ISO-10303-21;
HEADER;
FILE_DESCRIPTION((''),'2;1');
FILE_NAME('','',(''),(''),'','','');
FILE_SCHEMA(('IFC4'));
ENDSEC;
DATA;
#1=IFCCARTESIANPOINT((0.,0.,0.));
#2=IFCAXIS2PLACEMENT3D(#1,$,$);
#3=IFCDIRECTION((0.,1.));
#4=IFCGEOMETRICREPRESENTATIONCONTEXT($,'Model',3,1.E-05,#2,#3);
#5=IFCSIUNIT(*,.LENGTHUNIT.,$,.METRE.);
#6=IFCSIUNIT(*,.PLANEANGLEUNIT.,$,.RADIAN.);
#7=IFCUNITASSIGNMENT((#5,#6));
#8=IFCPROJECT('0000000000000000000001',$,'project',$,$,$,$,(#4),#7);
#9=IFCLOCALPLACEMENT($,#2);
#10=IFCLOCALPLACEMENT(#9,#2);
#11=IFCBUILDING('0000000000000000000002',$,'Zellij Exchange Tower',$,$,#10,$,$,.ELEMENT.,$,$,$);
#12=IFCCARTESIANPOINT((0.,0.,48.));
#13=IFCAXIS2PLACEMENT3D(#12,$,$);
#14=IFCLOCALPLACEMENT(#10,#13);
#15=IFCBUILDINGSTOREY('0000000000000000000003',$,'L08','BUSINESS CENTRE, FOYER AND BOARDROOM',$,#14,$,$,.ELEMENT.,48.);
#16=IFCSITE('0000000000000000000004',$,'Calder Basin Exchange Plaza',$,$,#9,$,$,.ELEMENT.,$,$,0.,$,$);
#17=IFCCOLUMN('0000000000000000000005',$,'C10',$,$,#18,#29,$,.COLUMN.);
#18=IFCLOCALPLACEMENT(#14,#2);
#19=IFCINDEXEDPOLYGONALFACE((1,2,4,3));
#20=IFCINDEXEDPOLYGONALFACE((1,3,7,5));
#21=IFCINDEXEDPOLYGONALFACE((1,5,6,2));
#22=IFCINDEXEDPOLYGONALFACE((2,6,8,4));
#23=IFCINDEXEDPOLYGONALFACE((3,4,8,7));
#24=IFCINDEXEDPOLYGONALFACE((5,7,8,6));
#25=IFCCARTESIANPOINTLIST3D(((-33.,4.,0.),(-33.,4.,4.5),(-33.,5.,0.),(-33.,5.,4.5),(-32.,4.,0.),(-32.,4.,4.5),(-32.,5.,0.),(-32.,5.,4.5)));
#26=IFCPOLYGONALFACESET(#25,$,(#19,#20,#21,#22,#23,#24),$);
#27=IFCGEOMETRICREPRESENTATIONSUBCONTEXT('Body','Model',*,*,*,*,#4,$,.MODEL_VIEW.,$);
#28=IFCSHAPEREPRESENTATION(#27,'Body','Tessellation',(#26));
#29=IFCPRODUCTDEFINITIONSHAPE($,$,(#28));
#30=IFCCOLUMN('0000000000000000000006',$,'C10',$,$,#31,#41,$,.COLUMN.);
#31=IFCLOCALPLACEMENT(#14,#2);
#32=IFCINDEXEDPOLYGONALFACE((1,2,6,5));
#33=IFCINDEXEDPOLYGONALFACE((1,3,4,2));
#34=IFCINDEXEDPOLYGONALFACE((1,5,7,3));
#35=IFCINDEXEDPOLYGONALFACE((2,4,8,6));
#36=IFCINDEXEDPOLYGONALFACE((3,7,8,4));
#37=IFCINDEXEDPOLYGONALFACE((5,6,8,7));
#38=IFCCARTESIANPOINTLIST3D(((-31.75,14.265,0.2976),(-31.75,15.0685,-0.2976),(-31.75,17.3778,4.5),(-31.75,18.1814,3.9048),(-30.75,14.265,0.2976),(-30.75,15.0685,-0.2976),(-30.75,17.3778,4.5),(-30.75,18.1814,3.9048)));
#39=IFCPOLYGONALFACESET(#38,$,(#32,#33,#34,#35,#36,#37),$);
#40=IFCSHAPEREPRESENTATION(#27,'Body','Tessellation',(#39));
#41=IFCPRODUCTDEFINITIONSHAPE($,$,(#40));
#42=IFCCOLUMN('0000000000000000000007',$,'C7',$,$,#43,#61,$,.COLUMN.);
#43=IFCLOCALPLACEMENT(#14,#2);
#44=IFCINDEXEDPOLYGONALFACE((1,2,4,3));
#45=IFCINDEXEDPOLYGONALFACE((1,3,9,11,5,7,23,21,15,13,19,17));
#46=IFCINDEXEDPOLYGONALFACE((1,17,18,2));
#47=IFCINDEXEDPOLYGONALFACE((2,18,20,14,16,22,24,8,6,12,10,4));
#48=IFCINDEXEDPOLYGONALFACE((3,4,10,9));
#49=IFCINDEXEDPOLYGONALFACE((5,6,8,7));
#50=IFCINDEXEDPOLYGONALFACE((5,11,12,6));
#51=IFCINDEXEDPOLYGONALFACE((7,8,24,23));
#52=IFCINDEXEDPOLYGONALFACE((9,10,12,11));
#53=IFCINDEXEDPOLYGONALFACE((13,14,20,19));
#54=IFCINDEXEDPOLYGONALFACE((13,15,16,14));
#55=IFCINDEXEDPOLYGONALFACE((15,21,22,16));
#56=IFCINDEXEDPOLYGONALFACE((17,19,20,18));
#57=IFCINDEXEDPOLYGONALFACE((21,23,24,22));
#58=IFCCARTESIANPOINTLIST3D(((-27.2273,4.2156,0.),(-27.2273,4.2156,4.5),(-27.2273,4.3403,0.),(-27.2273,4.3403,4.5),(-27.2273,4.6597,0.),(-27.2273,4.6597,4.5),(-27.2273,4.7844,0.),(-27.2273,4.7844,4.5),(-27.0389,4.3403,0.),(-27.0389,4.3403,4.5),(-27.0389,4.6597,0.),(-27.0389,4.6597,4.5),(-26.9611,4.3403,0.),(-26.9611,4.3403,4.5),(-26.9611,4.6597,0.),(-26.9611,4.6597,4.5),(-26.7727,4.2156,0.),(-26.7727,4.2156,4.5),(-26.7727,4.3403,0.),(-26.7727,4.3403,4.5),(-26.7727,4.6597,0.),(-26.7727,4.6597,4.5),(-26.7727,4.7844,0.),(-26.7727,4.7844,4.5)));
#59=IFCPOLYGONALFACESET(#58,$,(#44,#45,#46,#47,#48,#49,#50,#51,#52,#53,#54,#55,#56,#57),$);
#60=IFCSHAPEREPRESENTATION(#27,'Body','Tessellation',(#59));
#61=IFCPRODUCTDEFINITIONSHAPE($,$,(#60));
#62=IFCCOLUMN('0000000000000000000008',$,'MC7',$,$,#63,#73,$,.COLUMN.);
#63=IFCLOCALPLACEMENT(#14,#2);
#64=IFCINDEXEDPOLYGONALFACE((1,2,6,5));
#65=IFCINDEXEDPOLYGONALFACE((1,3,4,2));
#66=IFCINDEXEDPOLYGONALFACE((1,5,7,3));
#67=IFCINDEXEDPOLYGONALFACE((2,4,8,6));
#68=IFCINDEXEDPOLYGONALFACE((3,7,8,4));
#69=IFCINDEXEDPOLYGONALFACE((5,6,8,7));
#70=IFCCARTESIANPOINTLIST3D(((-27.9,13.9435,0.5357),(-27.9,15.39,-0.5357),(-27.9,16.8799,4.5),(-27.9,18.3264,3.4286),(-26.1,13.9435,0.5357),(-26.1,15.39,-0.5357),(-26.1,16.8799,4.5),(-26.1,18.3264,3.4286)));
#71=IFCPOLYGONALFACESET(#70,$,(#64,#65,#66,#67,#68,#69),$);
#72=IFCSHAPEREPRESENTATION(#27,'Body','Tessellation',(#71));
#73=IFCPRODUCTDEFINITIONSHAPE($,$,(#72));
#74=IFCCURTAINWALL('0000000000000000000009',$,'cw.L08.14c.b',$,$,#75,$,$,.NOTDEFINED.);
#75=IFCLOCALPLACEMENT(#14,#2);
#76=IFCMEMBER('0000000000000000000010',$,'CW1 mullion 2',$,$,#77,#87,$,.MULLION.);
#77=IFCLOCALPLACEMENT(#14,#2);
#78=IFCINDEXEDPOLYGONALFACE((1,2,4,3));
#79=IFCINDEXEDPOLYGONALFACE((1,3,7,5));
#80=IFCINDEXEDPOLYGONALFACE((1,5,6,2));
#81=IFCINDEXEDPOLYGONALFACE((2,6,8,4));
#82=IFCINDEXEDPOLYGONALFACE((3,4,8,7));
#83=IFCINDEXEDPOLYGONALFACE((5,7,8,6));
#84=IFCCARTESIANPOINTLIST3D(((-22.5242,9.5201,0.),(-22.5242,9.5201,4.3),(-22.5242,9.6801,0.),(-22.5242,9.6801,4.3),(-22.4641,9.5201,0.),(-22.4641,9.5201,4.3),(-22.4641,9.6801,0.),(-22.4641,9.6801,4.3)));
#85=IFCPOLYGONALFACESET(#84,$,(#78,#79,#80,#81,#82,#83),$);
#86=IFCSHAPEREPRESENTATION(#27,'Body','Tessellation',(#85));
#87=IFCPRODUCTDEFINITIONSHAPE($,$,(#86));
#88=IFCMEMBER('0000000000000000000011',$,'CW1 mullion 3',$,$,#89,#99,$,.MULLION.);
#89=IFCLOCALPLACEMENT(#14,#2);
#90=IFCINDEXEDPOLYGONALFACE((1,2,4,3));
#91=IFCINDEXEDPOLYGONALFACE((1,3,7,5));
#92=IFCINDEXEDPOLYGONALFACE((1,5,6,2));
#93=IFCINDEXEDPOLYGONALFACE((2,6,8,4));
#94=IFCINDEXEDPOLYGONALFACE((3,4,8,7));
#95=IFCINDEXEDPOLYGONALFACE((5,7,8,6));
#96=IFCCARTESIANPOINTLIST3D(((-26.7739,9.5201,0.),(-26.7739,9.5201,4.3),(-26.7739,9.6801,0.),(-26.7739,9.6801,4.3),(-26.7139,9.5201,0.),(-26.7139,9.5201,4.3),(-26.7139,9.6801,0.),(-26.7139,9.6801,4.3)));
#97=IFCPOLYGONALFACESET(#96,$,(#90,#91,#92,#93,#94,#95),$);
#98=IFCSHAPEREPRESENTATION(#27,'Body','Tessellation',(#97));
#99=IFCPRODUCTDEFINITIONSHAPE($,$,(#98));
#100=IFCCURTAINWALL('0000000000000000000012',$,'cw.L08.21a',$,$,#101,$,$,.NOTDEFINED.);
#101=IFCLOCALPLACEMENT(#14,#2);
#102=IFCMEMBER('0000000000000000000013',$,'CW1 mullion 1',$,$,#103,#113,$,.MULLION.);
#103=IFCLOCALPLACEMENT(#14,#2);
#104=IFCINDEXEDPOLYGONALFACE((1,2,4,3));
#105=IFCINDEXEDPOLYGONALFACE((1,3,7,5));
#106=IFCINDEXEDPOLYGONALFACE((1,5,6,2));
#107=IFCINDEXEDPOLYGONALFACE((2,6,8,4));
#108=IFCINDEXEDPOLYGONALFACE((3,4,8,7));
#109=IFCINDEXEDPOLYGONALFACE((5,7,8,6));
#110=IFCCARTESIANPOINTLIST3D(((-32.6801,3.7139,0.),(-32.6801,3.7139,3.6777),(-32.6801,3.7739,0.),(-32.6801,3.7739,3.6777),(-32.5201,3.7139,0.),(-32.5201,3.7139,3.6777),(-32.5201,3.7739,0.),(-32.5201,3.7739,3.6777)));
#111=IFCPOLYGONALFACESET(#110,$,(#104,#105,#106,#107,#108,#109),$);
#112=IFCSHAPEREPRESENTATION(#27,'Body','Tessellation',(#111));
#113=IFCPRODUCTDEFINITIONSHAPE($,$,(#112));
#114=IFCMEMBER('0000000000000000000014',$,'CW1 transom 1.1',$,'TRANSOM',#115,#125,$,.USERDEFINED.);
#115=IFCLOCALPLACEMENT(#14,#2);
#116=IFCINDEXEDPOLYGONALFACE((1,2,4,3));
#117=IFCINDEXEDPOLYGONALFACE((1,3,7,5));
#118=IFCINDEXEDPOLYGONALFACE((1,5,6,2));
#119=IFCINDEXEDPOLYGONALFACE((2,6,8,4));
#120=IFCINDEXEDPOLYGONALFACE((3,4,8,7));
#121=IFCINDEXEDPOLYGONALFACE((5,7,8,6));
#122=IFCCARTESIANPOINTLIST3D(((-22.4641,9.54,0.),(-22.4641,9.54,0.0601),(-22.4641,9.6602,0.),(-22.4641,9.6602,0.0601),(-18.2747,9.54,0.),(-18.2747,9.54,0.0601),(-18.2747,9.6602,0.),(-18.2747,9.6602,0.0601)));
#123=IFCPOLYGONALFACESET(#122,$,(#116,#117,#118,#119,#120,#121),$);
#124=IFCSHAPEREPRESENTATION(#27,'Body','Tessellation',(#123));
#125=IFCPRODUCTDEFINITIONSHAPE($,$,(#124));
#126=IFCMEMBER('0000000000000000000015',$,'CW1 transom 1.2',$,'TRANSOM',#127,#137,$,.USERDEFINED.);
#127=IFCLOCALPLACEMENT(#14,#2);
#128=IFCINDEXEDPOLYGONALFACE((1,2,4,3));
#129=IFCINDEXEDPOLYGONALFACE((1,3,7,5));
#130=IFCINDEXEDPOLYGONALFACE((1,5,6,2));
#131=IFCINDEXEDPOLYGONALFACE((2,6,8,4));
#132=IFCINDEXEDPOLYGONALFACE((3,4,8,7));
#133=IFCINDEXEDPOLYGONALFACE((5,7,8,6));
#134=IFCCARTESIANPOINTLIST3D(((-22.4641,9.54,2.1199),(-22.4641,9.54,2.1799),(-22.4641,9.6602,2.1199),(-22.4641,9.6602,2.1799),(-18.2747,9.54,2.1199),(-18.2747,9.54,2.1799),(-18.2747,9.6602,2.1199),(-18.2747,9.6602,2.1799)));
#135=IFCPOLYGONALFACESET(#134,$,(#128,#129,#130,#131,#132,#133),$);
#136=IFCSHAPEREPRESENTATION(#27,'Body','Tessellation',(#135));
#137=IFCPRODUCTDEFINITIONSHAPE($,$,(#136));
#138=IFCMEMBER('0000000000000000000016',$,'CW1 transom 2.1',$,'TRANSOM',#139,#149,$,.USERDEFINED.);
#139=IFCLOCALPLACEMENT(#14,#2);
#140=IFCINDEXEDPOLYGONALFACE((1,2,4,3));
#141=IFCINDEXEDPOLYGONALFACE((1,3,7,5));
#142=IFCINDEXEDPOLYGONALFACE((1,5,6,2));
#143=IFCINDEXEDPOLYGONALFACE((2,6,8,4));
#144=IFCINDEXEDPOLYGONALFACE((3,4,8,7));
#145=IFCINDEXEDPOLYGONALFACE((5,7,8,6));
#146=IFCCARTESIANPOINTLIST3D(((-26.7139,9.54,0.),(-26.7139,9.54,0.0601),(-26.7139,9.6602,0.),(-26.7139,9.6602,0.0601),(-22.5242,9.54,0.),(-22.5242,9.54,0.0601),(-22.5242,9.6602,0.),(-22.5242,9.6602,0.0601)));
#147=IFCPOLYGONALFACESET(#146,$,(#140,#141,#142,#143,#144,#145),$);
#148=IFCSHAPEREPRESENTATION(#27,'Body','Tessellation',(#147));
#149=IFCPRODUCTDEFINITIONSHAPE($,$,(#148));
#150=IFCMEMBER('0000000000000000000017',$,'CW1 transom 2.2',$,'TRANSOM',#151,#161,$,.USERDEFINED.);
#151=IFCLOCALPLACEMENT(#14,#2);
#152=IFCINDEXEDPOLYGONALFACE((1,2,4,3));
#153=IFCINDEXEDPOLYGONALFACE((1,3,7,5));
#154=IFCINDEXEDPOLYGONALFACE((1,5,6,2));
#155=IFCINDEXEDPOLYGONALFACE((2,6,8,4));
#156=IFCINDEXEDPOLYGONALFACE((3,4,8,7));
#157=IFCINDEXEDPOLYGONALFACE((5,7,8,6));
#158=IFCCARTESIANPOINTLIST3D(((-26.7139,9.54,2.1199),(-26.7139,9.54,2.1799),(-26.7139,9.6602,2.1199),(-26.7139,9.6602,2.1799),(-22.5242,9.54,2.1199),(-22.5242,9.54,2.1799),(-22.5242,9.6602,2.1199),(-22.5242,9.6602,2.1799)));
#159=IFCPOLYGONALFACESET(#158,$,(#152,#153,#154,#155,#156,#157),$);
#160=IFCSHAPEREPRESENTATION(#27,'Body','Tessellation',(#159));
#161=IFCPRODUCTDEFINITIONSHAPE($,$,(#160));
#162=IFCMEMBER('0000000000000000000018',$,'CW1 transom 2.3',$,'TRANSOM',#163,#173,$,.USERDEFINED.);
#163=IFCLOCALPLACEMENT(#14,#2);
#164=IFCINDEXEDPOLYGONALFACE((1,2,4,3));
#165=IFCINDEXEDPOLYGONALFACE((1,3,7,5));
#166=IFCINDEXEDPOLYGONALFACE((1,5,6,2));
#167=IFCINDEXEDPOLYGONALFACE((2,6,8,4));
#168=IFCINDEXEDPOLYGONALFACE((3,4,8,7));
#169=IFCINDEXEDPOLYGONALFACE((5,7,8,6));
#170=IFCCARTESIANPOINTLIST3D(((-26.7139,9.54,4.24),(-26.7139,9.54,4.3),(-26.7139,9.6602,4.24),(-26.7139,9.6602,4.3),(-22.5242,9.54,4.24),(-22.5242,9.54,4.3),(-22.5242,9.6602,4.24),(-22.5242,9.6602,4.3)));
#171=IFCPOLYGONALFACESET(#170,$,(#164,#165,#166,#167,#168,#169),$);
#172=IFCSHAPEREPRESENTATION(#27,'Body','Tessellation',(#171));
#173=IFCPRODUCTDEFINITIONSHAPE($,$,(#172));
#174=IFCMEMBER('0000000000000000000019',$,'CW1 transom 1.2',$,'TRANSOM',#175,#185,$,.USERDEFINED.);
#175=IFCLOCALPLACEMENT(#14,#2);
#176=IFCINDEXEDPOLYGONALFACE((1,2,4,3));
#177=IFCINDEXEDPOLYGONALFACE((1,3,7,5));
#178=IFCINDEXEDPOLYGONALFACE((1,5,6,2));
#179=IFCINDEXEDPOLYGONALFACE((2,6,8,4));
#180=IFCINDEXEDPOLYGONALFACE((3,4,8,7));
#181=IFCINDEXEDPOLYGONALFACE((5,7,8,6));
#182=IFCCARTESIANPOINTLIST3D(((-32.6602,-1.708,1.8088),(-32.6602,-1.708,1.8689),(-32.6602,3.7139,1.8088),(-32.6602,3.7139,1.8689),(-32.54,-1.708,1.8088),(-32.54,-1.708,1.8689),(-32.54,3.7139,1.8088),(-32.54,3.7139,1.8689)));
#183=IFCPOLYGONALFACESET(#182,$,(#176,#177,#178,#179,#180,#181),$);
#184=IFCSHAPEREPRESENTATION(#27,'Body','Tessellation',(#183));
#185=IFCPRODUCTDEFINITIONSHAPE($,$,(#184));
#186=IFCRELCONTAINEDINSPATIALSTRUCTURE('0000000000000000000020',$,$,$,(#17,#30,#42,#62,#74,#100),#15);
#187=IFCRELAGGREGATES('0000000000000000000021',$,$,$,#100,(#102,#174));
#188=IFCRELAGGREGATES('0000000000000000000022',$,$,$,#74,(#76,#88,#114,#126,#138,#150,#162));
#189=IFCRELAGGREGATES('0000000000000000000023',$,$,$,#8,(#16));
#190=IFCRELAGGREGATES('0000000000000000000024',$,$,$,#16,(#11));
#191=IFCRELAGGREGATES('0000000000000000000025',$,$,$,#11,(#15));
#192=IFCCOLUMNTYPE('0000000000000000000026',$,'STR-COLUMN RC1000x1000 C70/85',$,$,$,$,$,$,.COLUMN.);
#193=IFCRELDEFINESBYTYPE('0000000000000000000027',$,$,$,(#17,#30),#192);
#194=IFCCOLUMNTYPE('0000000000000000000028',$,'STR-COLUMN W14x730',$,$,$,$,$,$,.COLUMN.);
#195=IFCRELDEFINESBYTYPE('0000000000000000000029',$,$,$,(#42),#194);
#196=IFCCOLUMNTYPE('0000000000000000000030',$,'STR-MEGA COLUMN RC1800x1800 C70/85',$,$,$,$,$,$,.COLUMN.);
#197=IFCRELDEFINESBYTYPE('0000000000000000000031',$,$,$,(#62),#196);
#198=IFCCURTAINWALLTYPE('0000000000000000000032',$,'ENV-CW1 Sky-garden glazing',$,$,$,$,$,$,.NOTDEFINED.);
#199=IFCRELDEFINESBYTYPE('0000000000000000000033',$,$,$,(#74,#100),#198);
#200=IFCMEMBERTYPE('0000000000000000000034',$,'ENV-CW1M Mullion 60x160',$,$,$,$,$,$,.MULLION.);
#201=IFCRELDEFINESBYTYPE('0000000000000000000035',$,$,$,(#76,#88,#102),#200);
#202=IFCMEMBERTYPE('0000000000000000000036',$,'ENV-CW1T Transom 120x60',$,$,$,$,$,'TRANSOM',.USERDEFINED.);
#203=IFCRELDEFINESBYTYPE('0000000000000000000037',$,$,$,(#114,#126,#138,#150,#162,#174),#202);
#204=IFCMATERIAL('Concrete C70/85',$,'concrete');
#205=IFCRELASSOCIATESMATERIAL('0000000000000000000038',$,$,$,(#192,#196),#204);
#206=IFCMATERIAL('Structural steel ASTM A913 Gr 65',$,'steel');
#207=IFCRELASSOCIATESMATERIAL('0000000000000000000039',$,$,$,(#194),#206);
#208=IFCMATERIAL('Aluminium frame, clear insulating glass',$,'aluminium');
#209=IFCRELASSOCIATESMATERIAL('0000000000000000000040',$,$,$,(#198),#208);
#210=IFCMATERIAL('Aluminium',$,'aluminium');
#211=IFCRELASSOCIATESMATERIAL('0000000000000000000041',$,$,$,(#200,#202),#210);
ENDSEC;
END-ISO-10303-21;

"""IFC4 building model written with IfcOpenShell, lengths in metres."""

from ifc_helpers import new_model, si_unit, direction, frame, origin, origin_2d, place, context, subcontext, project, spatial, rectangle, i_section, extrude, clip, halfspace, material, material_profile, profile_set, type_object, element, aggregate, save


model = new_model("IFC4")

# Units and contexts
model_context = context("Model", 3, precision=1e-05, world=origin(), true_north=direction((0.0, 1.0)))
body_context = subcontext(model_context, "Body", "Model", "MODEL_VIEW")
ifc_project = project(units=[si_unit("LENGTHUNIT", "METRE"), si_unit("PLANEANGLEUNIT", "RADIAN")], contexts=[model_context])

# Site, building, storey
site_placement = place(None, origin())
site = spatial("IfcSite", under=ifc_project, at=site_placement, Name="Calder Basin Exchange Plaza", CompositionType="ELEMENT", RefElevation=0.0)
building_placement = place(site_placement, origin())
building = spatial("IfcBuilding", under=site, at=building_placement, Name="Zellij Exchange Tower", CompositionType="ELEMENT")
storey_placement = place(building_placement, frame((0.0, 0.0, 48.0)))
storey = spatial("IfcBuildingStorey", under=building, at=storey_placement, Name="L08", Description="BUSINESS CENTRE, FOYER AND BOARDROOM", CompositionType="ELEMENT", Elevation=48.0)

# Columns
ifc_material_1 = material(Name="Concrete C70/85", Category="concrete")
ifc_material_profile_1 = material_profile(ifc_material_1, rectangle(XDim=1.0, YDim=1.0, at=origin_2d()), Name="STR-COLUMN RC1000x1000 C70/85")
ifc_profile_set_1 = profile_set([ifc_material_profile_1], Name="Concrete C70/85")
column_type_1 = type_object("IfcColumnType", Name="STR-COLUMN RC1000x1000 C70/85", PredefinedType="COLUMN", material=ifc_profile_set_1)
column_1_placement = place(storey_placement, frame((-32.5, 4.5, 0.0), z_axis=(0.0, 0.0, 1.0), x_axis=(1.0, 0.0, 0.0)))
element("IfcColumn", 1, at=column_1_placement, inside=storey, type_object=column_type_1, Name="C10", PredefinedType="COLUMN", context=body_context, shape_type="SweptSolid", body=[
    extrude(rectangle(XDim=1.0, YDim=1.0, at=origin_2d()), origin(), (0.0, 0.0, 1.0), 4.5),
])
column_2_placement = place(storey_placement, frame((-31.25, 14.6667, 0.0), z_axis=(0.0, 0.595218, 0.803564), x_axis=(-1.0, 0.0, 0.0)))
element("IfcColumn", 2, at=column_2_placement, inside=storey, type_object=column_type_1, Name="C10", PredefinedType="COLUMN", context=body_context, shape_type="Clipping", body=[
    clip(extrude(rectangle(XDim=1.0, YDim=1.0, at=origin_2d()), origin(), (0.0, 0.0, 1.0), 5.6001), halfspace(frame((0.0, 0.0, 5.2297)), False)),
])
ifc_material_2 = material(Name="Structural steel ASTM A913 Gr 65", Category="steel")
ifc_material_profile_2 = material_profile(ifc_material_2, i_section(OverallWidth=0.4546, OverallDepth=0.5688, WebThickness=0.0779, FlangeThickness=0.1248, at=origin_2d()), Name="W14x730")
ifc_profile_set_2 = profile_set([ifc_material_profile_2], Name="Structural steel ASTM A913 Gr 65")
column_type_2 = type_object("IfcColumnType", Name="STR-COLUMN W14x730", PredefinedType="COLUMN", material=ifc_profile_set_2)
column_3_placement = place(storey_placement, frame((-27.0, 4.5, 0.0), z_axis=(0.0, 0.0, 1.0), x_axis=(1.0, 0.0, 0.0)))
element("IfcColumn", 3, at=column_3_placement, inside=storey, type_object=column_type_2, Name="C7", PredefinedType="COLUMN", context=body_context, shape_type="SweptSolid", body=[
    extrude(i_section(OverallWidth=0.4546, OverallDepth=0.5688, WebThickness=0.0779, FlangeThickness=0.1248, at=origin_2d()), origin(), (0.0, 0.0, 1.0), 4.5),
])
ifc_material_profile_3 = material_profile(ifc_material_1, rectangle(XDim=1.8, YDim=1.8, at=origin_2d()), Name="STR-MEGA COLUMN RC1800x1800 C70/85")
ifc_profile_set_3 = profile_set([ifc_material_profile_3], Name="Concrete C70/85")
column_type_3 = type_object("IfcColumnType", Name="STR-MEGA COLUMN RC1800x1800 C70/85", PredefinedType="COLUMN", material=ifc_profile_set_3)
column_4_placement = place(storey_placement, frame((-27.0, 14.6667, 0.0), z_axis=(0.0, 0.595218, 0.803564), x_axis=(-1.0, 0.0, 0.0)))
element("IfcColumn", 4, at=column_4_placement, inside=storey, type_object=column_type_3, Name="MC7", PredefinedType="COLUMN", context=body_context, shape_type="Clipping", body=[
    clip(extrude(rectangle(XDim=1.8, YDim=1.8, at=origin_2d()), origin(), (0.0, 0.0, 1.0), 5.6001), halfspace(frame((0.0, 0.0, 4.9333)), False)),
])

# Curtain wall, members
ifc_material_3 = material(Name="Aluminium frame, clear insulating glass", Category="aluminium")
curtain_wall_type = type_object("IfcCurtainWallType", Name="ENV-CW1 Sky-garden glazing", PredefinedType="NOTDEFINED", material=ifc_material_3)
curtain_wall_1_placement = place(storey_placement, origin())
curtain_wall_1 = element("IfcCurtainWall", 5, at=curtain_wall_1_placement, inside=storey, type_object=curtain_wall_type, Name="cw.L08.14c.b", PredefinedType="NOTDEFINED")
ifc_material_4 = material(Name="Aluminium", Category="aluminium")
ifc_material_profile_4 = material_profile(ifc_material_4, rectangle(XDim=0.0601, YDim=0.1599, at=origin_2d()), Name="AL 60x160")
ifc_profile_set_4 = profile_set([ifc_material_profile_4], Name="Aluminium")
member_type_1 = type_object("IfcMemberType", Name="ENV-CW1M Mullion 60x160", PredefinedType="MULLION", material=ifc_profile_set_4)
member_1_placement = place(storey_placement, frame((-22.4941, 9.6001, 0.0), z_axis=(0.0, 0.0, 1.0), x_axis=(-1.0, 0.0, 0.0)))
member_1 = element("IfcMember", 6, at=member_1_placement, type_object=member_type_1, Name="CW1 mullion 2", PredefinedType="MULLION", context=body_context, shape_type="SweptSolid", body=[
    extrude(rectangle(XDim=0.0601, YDim=0.1599, at=origin_2d()), origin(), (0.0, 0.0, 1.0), 4.3),
])
member_2_placement = place(storey_placement, frame((-26.7439, 9.6001, 0.0), z_axis=(0.0, 0.0, 1.0), x_axis=(-1.0, 0.0, 0.0)))
member_2 = element("IfcMember", 7, at=member_2_placement, type_object=member_type_1, Name="CW1 mullion 3", PredefinedType="MULLION", context=body_context, shape_type="SweptSolid", body=[
    extrude(rectangle(XDim=0.0601, YDim=0.1599, at=origin_2d()), origin(), (0.0, 0.0, 1.0), 4.3),
])

# Curtain wall, member
curtain_wall_2_placement = place(storey_placement, origin())
curtain_wall_2 = element("IfcCurtainWall", 8, at=curtain_wall_2_placement, inside=storey, type_object=curtain_wall_type, Name="cw.L08.21a", PredefinedType="NOTDEFINED")
member_3_placement = place(storey_placement, frame((-32.6001, 3.7439, 0.0), z_axis=(0.0, 0.0, 1.0), x_axis=(0.0, -1.0, 0.0)))
member_3 = element("IfcMember", 9, at=member_3_placement, type_object=member_type_1, Name="CW1 mullion 1", PredefinedType="MULLION", context=body_context, shape_type="SweptSolid", body=[
    extrude(rectangle(XDim=0.0601, YDim=0.1599, at=origin_2d()), origin(), (0.0, 0.0, 1.0), 3.6777),
])

# Members
ifc_material_profile_5 = material_profile(ifc_material_4, rectangle(XDim=0.1201, YDim=0.0601, at=origin_2d()), Name="AL 120x60")
ifc_profile_set_5 = profile_set([ifc_material_profile_5], Name="Aluminium")
member_type_2 = type_object("IfcMemberType", Name="ENV-CW1T Transom 120x60", ElementType="TRANSOM", PredefinedType="USERDEFINED", material=ifc_profile_set_5)
member_4_placement = place(storey_placement, frame((-18.2747, 9.6001, 0.03), z_axis=(-1.0, 0.0, 0.0), x_axis=(0.0, -1.0, 0.0)))
member_4 = element("IfcMember", 10, at=member_4_placement, type_object=member_type_2, Name="CW1 transom 1.1", ObjectType="TRANSOM", PredefinedType="USERDEFINED", context=body_context, shape_type="SweptSolid", body=[
    extrude(rectangle(XDim=0.1201, YDim=0.0601, at=origin_2d()), origin(), (0.0, 0.0, 1.0), 4.1895),
])
member_5_placement = place(storey_placement, frame((-18.2747, 9.6001, 2.1499), z_axis=(-1.0, 0.0, 0.0), x_axis=(0.0, -1.0, 0.0)))
member_5 = element("IfcMember", 11, at=member_5_placement, type_object=member_type_2, Name="CW1 transom 1.2", ObjectType="TRANSOM", PredefinedType="USERDEFINED", context=body_context, shape_type="SweptSolid", body=[
    extrude(rectangle(XDim=0.1201, YDim=0.0601, at=origin_2d()), origin(), (0.0, 0.0, 1.0), 4.1895),
])
member_6_placement = place(storey_placement, frame((-22.5242, 9.6001, 0.03), z_axis=(-1.0, 0.0, 0.0), x_axis=(0.0, -1.0, 0.0)))
member_6 = element("IfcMember", 12, at=member_6_placement, type_object=member_type_2, Name="CW1 transom 2.1", ObjectType="TRANSOM", PredefinedType="USERDEFINED", context=body_context, shape_type="SweptSolid", body=[
    extrude(rectangle(XDim=0.1201, YDim=0.0601, at=origin_2d()), origin(), (0.0, 0.0, 1.0), 4.1897),
])
member_7_placement = place(storey_placement, frame((-22.5242, 9.6001, 2.1499), z_axis=(-1.0, 0.0, 0.0), x_axis=(0.0, -1.0, 0.0)))
member_7 = element("IfcMember", 13, at=member_7_placement, type_object=member_type_2, Name="CW1 transom 2.2", ObjectType="TRANSOM", PredefinedType="USERDEFINED", context=body_context, shape_type="SweptSolid", body=[
    extrude(rectangle(XDim=0.1201, YDim=0.0601, at=origin_2d()), origin(), (0.0, 0.0, 1.0), 4.1897),
])
member_8_placement = place(storey_placement, frame((-22.5242, 9.6001, 4.27), z_axis=(-1.0, 0.0, 0.0), x_axis=(0.0, -1.0, 0.0)))
member_8 = element("IfcMember", 14, at=member_8_placement, type_object=member_type_2, Name="CW1 transom 2.3", ObjectType="TRANSOM", PredefinedType="USERDEFINED", context=body_context, shape_type="SweptSolid", body=[
    extrude(rectangle(XDim=0.1201, YDim=0.0601, at=origin_2d()), origin(), (0.0, 0.0, 1.0), 4.1897),
])
member_9_placement = place(storey_placement, frame((-32.6001, 3.7139, 1.8389), z_axis=(0.0, -1.0, 0.0), x_axis=(1.0, 0.0, 0.0)))
member_9 = element("IfcMember", 15, at=member_9_placement, type_object=member_type_2, Name="CW1 transom 1.2", ObjectType="TRANSOM", PredefinedType="USERDEFINED", context=body_context, shape_type="SweptSolid", body=[
    extrude(rectangle(XDim=0.1201, YDim=0.0601, at=origin_2d()), origin(), (0.0, 0.0, 1.0), 5.4219),
])
aggregate(curtain_wall_2, [member_3, member_9])

aggregate(curtain_wall_1, [member_1, member_2, member_4, member_5, member_6, member_7, member_8])

save(model, "model.ifc")
